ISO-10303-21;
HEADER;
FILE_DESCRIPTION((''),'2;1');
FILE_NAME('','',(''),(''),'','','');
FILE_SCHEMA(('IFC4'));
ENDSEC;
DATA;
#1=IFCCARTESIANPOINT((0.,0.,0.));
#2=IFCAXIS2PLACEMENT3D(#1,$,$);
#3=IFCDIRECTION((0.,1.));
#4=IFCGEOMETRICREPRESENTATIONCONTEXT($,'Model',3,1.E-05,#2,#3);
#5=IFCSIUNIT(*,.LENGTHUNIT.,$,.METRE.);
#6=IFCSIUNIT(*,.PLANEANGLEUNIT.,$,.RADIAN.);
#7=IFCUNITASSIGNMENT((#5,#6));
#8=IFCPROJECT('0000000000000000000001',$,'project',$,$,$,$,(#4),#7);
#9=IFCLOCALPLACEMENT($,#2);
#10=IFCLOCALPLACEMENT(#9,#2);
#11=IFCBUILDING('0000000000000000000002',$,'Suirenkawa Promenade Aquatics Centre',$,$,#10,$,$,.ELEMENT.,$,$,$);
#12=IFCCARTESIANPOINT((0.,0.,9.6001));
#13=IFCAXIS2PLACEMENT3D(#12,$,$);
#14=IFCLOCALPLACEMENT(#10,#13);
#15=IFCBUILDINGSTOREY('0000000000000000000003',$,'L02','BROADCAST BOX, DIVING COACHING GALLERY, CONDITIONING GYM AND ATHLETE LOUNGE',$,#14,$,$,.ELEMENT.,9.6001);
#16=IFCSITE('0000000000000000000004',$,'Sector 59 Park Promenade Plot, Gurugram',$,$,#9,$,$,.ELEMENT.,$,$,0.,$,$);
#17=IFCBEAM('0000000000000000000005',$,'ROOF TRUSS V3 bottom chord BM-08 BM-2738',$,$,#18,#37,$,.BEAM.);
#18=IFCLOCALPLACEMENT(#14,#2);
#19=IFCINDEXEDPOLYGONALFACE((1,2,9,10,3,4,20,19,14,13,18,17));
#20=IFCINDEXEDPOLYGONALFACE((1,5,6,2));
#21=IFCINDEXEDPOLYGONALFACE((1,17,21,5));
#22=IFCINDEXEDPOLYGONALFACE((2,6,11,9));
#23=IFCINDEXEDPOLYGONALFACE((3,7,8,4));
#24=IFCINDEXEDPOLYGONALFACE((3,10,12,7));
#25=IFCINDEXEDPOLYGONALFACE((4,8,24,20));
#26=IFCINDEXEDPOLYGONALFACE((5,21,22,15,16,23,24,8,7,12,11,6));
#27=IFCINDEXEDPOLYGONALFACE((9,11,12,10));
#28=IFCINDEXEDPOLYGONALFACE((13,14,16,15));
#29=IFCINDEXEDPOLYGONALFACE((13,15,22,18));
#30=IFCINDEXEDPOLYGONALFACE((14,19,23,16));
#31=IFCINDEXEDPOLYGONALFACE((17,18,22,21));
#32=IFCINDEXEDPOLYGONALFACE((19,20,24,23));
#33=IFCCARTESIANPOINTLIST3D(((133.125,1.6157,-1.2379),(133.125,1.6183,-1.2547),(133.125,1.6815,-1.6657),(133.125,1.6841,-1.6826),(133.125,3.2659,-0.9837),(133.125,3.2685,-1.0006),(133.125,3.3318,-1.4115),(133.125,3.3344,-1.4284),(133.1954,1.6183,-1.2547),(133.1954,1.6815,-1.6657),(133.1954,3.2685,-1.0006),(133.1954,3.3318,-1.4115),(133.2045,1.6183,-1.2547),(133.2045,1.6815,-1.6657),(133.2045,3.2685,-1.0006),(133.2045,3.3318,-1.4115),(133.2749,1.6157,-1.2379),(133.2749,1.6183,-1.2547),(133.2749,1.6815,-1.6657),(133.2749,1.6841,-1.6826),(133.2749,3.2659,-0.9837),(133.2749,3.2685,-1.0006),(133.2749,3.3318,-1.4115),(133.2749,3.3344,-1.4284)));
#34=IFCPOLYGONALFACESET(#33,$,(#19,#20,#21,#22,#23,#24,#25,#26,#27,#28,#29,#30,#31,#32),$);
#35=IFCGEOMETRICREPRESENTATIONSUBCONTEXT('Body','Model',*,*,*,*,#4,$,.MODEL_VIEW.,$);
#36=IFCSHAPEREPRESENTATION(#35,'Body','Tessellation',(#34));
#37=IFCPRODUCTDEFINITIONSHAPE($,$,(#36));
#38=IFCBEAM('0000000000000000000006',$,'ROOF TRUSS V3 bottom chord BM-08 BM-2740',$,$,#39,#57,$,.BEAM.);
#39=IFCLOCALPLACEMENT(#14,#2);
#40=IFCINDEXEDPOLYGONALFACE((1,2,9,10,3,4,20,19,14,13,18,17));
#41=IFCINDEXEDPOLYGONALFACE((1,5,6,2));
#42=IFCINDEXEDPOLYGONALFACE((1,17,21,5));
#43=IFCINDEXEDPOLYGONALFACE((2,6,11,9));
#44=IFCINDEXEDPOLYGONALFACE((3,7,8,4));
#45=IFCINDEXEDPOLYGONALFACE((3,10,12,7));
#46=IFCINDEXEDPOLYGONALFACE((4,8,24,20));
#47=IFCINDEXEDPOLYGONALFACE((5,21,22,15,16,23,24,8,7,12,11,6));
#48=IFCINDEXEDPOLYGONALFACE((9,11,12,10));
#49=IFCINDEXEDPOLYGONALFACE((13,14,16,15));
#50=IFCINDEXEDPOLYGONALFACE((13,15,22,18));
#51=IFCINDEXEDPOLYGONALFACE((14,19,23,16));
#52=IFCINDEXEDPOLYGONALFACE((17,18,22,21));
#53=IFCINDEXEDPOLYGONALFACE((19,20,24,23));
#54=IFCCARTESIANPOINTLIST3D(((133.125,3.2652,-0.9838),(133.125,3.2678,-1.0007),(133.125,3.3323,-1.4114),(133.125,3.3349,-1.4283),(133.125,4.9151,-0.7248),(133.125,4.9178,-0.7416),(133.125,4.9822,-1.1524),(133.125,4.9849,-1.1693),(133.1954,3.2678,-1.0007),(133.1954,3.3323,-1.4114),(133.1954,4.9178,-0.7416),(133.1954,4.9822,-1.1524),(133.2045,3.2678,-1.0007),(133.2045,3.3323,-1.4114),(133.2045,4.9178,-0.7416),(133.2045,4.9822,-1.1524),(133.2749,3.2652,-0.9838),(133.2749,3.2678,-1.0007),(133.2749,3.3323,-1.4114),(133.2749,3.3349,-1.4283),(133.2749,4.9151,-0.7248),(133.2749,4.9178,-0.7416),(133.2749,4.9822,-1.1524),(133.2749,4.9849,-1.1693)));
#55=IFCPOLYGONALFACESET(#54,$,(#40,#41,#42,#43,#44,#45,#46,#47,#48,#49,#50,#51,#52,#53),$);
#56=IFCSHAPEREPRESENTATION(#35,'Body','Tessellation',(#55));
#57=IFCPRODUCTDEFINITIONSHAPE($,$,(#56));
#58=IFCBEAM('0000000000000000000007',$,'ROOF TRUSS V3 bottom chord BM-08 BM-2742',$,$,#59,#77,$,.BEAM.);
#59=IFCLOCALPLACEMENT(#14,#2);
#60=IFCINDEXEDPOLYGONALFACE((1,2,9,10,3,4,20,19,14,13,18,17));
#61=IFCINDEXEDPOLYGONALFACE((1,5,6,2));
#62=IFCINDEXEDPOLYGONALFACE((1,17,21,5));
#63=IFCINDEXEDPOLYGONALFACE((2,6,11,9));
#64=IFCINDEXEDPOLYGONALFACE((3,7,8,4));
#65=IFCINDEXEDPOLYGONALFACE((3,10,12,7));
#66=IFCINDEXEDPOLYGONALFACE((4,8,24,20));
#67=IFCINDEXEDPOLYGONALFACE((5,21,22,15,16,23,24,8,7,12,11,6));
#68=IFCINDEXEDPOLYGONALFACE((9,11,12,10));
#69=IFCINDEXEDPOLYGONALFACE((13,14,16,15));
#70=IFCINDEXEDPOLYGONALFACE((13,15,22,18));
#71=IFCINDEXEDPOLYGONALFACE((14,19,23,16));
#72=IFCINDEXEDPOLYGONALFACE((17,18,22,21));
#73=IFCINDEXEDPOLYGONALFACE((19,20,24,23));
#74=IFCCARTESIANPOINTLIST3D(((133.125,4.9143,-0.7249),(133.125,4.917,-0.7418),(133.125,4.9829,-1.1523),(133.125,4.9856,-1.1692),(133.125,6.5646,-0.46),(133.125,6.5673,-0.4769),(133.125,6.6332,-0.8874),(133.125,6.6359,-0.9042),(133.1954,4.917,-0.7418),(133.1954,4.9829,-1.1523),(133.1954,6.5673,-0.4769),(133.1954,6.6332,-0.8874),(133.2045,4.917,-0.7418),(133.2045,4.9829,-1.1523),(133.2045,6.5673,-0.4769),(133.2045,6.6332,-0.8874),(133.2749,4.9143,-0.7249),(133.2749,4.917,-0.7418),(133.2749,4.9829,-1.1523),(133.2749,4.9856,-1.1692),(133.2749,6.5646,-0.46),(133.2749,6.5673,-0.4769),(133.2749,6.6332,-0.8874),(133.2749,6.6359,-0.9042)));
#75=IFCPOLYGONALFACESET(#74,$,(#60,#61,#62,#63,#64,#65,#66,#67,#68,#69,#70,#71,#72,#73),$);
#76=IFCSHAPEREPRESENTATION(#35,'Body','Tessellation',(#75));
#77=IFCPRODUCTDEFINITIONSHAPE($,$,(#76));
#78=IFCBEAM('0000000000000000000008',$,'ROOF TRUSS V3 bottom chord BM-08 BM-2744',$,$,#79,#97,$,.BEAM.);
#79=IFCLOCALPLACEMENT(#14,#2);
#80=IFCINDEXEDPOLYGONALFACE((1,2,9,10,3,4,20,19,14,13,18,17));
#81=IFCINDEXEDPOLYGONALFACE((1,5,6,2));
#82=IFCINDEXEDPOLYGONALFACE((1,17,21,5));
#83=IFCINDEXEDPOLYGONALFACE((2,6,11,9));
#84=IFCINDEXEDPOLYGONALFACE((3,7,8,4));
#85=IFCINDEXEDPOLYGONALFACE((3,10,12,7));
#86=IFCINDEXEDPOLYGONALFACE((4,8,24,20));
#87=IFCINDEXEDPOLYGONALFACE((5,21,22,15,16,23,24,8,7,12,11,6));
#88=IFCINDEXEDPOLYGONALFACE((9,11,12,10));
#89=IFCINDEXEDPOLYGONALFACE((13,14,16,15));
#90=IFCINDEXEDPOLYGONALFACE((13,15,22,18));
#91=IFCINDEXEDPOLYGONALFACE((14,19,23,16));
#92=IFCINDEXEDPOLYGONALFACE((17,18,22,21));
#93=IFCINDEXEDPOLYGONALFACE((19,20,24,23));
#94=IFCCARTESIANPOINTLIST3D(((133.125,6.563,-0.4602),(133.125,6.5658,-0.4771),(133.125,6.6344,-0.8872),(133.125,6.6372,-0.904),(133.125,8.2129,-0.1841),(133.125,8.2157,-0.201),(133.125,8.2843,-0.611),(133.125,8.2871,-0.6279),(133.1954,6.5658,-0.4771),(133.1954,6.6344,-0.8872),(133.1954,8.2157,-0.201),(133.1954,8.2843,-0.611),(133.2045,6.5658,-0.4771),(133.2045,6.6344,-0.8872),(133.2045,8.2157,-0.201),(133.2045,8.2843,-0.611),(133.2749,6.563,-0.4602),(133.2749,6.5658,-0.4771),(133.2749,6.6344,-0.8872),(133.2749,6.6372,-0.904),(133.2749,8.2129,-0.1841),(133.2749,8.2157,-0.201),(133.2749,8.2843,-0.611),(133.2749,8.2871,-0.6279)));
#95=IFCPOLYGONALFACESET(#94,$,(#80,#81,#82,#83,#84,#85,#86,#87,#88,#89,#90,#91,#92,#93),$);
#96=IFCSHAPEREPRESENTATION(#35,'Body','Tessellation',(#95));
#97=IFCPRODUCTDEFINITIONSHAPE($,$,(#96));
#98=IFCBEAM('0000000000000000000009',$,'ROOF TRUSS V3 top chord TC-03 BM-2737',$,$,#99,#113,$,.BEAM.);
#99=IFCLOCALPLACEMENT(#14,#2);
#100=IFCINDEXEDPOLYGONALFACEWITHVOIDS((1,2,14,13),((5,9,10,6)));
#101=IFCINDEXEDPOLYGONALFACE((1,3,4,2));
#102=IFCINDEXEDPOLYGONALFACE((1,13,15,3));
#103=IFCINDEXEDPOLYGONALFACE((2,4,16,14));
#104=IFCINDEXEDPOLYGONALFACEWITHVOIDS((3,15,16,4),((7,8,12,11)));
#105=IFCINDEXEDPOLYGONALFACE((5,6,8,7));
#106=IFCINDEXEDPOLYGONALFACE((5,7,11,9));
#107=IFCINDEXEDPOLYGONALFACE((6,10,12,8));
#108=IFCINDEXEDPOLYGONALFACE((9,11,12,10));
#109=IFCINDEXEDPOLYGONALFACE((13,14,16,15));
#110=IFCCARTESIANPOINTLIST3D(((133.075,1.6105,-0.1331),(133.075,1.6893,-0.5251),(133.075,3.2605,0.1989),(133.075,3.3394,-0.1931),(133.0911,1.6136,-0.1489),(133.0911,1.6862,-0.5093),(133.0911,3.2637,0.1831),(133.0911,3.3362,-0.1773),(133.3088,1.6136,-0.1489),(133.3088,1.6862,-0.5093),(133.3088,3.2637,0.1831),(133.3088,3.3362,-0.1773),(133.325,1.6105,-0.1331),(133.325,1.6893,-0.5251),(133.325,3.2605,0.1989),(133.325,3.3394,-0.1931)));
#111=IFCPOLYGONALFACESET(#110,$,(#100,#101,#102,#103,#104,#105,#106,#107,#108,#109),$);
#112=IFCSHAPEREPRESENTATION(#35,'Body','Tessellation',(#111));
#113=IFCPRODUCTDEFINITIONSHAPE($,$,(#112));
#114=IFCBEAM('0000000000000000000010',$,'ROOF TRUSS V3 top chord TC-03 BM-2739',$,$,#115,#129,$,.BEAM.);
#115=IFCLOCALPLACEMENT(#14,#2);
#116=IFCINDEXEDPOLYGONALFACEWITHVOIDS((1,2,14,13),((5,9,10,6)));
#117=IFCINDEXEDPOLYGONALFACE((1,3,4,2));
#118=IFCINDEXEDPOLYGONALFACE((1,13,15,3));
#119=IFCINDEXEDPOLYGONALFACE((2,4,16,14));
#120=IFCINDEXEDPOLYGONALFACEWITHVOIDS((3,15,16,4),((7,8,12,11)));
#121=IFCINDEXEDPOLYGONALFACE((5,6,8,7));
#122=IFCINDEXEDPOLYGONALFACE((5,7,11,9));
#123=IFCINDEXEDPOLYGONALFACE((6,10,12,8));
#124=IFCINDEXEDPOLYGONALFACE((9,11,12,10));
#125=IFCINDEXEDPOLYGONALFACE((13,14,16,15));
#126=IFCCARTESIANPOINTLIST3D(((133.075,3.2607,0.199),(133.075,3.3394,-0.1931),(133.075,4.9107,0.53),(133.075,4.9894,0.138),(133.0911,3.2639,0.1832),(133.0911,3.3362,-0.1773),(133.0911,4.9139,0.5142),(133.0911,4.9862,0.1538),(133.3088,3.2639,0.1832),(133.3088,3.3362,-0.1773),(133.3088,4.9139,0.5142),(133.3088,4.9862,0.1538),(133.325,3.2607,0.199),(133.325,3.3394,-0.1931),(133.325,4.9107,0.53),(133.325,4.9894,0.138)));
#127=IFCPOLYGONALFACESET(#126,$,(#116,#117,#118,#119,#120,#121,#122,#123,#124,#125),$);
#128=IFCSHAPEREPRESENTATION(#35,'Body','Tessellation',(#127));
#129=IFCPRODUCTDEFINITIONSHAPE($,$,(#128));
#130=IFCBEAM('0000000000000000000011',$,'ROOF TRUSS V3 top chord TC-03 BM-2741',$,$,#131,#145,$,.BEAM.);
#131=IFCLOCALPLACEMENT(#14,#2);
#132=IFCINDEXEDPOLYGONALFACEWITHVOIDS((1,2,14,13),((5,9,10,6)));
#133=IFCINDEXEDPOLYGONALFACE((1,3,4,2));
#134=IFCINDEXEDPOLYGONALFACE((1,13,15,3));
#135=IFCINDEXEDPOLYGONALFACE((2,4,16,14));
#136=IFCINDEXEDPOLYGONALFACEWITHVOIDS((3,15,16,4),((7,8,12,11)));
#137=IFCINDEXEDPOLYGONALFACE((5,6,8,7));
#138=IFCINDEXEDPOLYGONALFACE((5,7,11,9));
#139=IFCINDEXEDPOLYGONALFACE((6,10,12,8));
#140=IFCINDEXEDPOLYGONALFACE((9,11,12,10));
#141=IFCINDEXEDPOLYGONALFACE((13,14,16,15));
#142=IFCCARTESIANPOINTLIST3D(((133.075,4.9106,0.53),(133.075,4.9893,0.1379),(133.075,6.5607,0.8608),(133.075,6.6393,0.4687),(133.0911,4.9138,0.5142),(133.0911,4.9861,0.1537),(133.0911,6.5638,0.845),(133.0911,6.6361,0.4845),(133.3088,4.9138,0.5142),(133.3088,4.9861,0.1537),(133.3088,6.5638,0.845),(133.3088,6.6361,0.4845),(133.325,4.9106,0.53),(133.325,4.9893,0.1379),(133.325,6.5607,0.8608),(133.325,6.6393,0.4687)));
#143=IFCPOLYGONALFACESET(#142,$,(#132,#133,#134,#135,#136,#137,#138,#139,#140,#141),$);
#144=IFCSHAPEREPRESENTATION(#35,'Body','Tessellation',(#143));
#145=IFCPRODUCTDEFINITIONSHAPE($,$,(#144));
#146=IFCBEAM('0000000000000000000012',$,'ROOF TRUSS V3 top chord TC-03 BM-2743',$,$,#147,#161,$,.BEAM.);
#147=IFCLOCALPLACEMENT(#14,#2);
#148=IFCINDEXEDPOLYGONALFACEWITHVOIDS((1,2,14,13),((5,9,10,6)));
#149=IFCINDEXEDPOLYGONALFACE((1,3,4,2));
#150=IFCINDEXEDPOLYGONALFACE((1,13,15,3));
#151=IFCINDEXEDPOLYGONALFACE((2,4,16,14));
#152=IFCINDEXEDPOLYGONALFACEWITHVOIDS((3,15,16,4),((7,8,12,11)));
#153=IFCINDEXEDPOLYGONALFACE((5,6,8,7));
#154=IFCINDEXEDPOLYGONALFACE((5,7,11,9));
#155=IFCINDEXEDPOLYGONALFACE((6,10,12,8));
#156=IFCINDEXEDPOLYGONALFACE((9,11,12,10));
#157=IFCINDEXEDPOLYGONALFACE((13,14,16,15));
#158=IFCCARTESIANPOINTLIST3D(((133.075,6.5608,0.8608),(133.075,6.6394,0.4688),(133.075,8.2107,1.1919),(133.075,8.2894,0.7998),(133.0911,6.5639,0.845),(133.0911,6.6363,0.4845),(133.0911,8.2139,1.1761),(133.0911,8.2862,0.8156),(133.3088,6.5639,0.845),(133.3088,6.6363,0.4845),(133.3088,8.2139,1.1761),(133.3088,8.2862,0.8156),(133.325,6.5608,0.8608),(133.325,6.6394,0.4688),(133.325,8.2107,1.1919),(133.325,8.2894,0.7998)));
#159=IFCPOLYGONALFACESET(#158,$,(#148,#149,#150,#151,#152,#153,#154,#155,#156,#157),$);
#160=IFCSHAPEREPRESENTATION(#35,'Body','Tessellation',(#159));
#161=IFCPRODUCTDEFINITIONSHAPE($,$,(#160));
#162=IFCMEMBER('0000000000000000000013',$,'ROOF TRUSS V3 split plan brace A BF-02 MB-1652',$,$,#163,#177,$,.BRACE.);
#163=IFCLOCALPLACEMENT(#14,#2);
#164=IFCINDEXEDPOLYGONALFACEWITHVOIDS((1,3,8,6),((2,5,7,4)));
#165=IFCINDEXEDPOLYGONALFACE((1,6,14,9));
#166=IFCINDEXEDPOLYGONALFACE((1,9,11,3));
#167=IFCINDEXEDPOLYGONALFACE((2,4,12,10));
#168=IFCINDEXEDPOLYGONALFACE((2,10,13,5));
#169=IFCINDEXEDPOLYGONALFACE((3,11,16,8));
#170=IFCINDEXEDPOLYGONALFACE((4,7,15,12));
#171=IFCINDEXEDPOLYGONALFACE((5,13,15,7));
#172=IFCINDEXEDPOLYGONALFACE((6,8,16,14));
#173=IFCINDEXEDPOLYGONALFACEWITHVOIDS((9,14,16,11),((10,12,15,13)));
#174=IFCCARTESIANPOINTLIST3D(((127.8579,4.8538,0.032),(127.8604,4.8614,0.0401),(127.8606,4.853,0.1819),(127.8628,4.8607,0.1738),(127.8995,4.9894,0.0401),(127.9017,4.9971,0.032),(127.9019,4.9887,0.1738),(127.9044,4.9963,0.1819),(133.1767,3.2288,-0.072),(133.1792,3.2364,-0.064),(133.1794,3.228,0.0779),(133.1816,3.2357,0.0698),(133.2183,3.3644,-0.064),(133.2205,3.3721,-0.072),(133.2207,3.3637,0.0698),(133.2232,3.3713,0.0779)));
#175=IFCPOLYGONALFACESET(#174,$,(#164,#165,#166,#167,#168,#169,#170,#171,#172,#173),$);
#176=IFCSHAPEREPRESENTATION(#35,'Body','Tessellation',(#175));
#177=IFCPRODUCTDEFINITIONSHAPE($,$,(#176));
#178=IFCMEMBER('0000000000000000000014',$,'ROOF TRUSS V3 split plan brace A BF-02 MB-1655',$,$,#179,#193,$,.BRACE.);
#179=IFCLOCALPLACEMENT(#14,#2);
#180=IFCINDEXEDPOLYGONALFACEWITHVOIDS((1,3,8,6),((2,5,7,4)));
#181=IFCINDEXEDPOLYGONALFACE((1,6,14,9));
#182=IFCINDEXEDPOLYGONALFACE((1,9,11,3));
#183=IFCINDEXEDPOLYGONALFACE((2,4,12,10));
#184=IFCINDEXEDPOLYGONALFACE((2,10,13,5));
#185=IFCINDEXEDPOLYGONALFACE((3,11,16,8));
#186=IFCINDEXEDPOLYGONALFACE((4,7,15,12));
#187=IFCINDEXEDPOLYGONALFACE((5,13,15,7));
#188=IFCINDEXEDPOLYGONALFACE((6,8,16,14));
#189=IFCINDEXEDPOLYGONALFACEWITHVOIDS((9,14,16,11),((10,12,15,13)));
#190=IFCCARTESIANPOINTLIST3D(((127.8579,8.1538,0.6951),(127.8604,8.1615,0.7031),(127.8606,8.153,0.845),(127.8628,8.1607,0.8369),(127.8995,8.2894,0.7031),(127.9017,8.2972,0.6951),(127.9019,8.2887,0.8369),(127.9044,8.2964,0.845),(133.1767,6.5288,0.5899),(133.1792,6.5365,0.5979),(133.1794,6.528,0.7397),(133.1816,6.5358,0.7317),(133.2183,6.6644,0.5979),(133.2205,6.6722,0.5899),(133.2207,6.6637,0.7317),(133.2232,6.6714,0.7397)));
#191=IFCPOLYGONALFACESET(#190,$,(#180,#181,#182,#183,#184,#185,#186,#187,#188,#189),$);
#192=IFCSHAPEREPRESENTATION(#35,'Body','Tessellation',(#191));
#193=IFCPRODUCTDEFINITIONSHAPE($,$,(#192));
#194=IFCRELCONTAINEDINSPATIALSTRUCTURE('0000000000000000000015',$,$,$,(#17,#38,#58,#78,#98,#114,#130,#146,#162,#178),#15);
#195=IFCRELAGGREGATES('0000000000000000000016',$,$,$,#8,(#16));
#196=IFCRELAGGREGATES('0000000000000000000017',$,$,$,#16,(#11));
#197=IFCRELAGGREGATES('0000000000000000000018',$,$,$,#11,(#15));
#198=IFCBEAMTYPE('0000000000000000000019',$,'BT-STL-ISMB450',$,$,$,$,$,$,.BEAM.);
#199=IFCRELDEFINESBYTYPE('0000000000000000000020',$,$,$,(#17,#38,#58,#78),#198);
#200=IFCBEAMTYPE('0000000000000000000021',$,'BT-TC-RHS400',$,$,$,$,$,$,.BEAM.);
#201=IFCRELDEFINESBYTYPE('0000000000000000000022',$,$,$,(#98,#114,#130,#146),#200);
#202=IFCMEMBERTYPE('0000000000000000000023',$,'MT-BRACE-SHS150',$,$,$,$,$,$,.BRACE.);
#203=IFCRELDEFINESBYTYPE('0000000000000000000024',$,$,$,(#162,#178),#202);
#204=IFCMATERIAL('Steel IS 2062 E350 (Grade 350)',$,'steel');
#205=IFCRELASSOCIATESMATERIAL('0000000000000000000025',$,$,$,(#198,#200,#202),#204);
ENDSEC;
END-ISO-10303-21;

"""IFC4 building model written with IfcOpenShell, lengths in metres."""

from ifc_helpers import new_model, si_unit, direction, frame, origin, origin_2d, place, context, subcontext, project, spatial, hollow_rectangle, i_section, extrude, material, material_profile, profile_set, type_object, element, save


model = new_model("IFC4")

# Units and contexts
model_context = context("Model", 3, precision=1e-05, world=origin(), true_north=direction((0.0, 1.0)))
body_context = subcontext(model_context, "Body", "Model", "MODEL_VIEW")
ifc_project = project(units=[si_unit("LENGTHUNIT", "METRE"), si_unit("PLANEANGLEUNIT", "RADIAN")], contexts=[model_context])

# Site, building, storey
site_placement = place(None, origin())
site = spatial("IfcSite", under=ifc_project, at=site_placement, Name="Sector 59 Park Promenade Plot, Gurugram", CompositionType="ELEMENT", RefElevation=0.0)
building_placement = place(site_placement, origin())
building = spatial("IfcBuilding", under=site, at=building_placement, Name="Suirenkawa Promenade Aquatics Centre", CompositionType="ELEMENT")
storey_placement = place(building_placement, frame((0.0, 0.0, 9.6001)))
storey = spatial("IfcBuildingStorey", under=building, at=storey_placement, Name="L02", Description="BROADCAST BOX, DIVING COACHING GALLERY, CONDITIONING GYM AND ATHLETE LOUNGE", CompositionType="ELEMENT", Elevation=9.6001)

# Beams
ifc_material_1 = material(Name="Steel IS 2062 E350 (Grade 350)", Category="steel")
ifc_material_profile_1 = material_profile(ifc_material_1, i_section(OverallWidth=0.1499, OverallDepth=0.45, WebThickness=0.009, FlangeThickness=0.0171, at=origin_2d()), Name="ISMB 450", Category="steel")
ifc_profile_set_1 = profile_set([ifc_material_profile_1], Name="Steel IS 2062 E350 (Grade 350)")
beam_type_1 = type_object("IfcBeamType", Name="BT-STL-ISMB450", PredefinedType="BEAM", material=ifc_profile_set_1)
beam_1_placement = place(storey_placement, frame((133.2, 1.6499, -1.4602), z_axis=(0.0, 0.988346, 0.152222), x_axis=(-1.0, 0.0, 0.0)))
element("IfcBeam", 1, at=beam_1_placement, inside=storey, type_object=beam_type_1, Name="ROOF TRUSS V3 bottom chord BM-08 BM-2738", PredefinedType="BEAM", context=body_context, shape_type="SweptSolid", body=[
    extrude(i_section(OverallWidth=0.1499, OverallDepth=0.45, WebThickness=0.009, FlangeThickness=0.0171, at=origin_2d()), origin(), (0.0, 0.0, 1.0), 1.6697),
])
beam_2_placement = place(storey_placement, frame((133.2, 3.3, -1.2061), z_axis=(0.0, 0.987899, 0.155099), x_axis=(-1.0, 0.0, 0.0)))
element("IfcBeam", 2, at=beam_2_placement, inside=storey, type_object=beam_type_1, Name="ROOF TRUSS V3 bottom chord BM-08 BM-2740", PredefinedType="BEAM", context=body_context, shape_type="SweptSolid", body=[
    extrude(i_section(OverallWidth=0.1499, OverallDepth=0.45, WebThickness=0.009, FlangeThickness=0.0171, at=origin_2d()), origin(), (0.0, 0.0, 1.0), 1.6702),
])
beam_3_placement = place(storey_placement, frame((133.2, 4.95, -0.947), z_axis=(0.0, 0.987359, 0.158498), x_axis=(-1.0, 0.0, 0.0)))
element("IfcBeam", 3, at=beam_3_placement, inside=storey, type_object=beam_type_1, Name="ROOF TRUSS V3 bottom chord BM-08 BM-2742", PredefinedType="BEAM", context=body_context, shape_type="SweptSolid", body=[
    extrude(i_section(OverallWidth=0.1499, OverallDepth=0.45, WebThickness=0.009, FlangeThickness=0.0171, at=origin_2d()), origin(), (0.0, 0.0, 1.0), 1.6714),
])
beam_4_placement = place(storey_placement, frame((133.2, 6.6001, -0.6821), z_axis=(0.0, 0.986283, 0.165062), x_axis=(-1.0, 0.0, 0.0)))
element("IfcBeam", 4, at=beam_4_placement, inside=storey, type_object=beam_type_1, Name="ROOF TRUSS V3 bottom chord BM-08 BM-2744", PredefinedType="BEAM", context=body_context, shape_type="SweptSolid", body=[
    extrude(i_section(OverallWidth=0.1499, OverallDepth=0.45, WebThickness=0.009, FlangeThickness=0.0171, at=origin_2d()), origin(), (0.0, 0.0, 1.0), 1.6729),
])
ifc_material_profile_2 = material_profile(ifc_material_1, hollow_rectangle(XDim=0.25, YDim=0.3999, WallThickness=0.0161, at=origin_2d()), Name="RHS 400x250x16", Category="steel")
ifc_profile_set_2 = profile_set([ifc_material_profile_2], Name="Steel IS 2062 E350 (Grade 350)")
beam_type_2 = type_object("IfcBeamType", Name="BT-TC-RHS400", PredefinedType="BEAM", material=ifc_profile_set_2)
beam_5_placement = place(storey_placement, frame((133.2, 1.6499, -0.3291), z_axis=(0.0, 0.980351, 0.19726), x_axis=(-1.0, 0.0, 0.0)))
element("IfcBeam", 5, at=beam_5_placement, inside=storey, type_object=beam_type_2, Name="ROOF TRUSS V3 top chord TC-03 BM-2737", PredefinedType="BEAM", context=body_context, shape_type="SweptSolid", body=[
    extrude(hollow_rectangle(XDim=0.25, YDim=0.3999, WallThickness=0.0161, at=origin_2d()), origin(), (0.0, 0.0, 1.0), 1.6831),
])
for number, where, z_axis, x_axis, name in (
    (6, (133.2, 3.3, 0.0029), (0.0, 0.980458, 0.19673), (-1.0, 0.0, 0.0), "ROOF TRUSS V3 top chord TC-03 BM-2739"),
    (7, (133.2, 4.95, 0.334), (0.0, 0.980491, 0.196562), (-1.0, 0.0, 0.0), "ROOF TRUSS V3 top chord TC-03 BM-2741"),
    (8, (133.2, 6.6001, 0.6648), (0.0, 0.980458, 0.19673), (-1.0, 0.0, 0.0), "ROOF TRUSS V3 top chord TC-03 BM-2743"),
):
    element("IfcBeam", number, at=place(storey_placement, frame(where, z_axis=z_axis, x_axis=x_axis)), inside=storey, type_object=beam_type_2, Name=name, PredefinedType="BEAM", context=body_context, shape_type="SweptSolid", body=[
        extrude(hollow_rectangle(XDim=0.25, YDim=0.3999, WallThickness=0.0161, at=origin_2d()), origin(), (0.0, 0.0, 1.0), 1.6829),
    ])

# Members
ifc_material_profile_3 = material_profile(ifc_material_1, hollow_rectangle(XDim=0.1499, YDim=0.1499, WallThickness=0.0081, at=origin_2d()), Name="SHS 150x150x8", Category="steel")
ifc_profile_set_3 = profile_set([ifc_material_profile_3], Name="Steel IS 2062 E350 (Grade 350)")
member_type_1 = type_object("IfcMemberType", Name="MT-BRACE-SHS150", PredefinedType="BRACE", material=ifc_profile_set_3)
for number, where, z_axis, x_axis, name in (
    (9, (133.2, 3.3, 0.0029), (-0.956195, 0.292134, 0.018697), (-0.292185, -0.956362, 0.0), "ROOF TRUSS V3 split plan brace A BF-02 MB-1652"),
    (10, (133.2, 6.6001, 0.6648), (-0.956191, 0.292133, 0.018917), (-0.292185, -0.956362, 0.0), "ROOF TRUSS V3 split plan brace A BF-02 MB-1655"),
):
    element("IfcMember", number, at=place(storey_placement, frame(where, z_axis=z_axis, x_axis=x_axis)), inside=storey, type_object=member_type_1, Name=name, PredefinedType="BRACE", context=body_context, shape_type="SweptSolid", body=[
        extrude(hollow_rectangle(XDim=0.1499, YDim=0.1499, WallThickness=0.0081, at=origin_2d()), origin(), (0.0, 0.0, 1.0), 5.5625),
    ])

save(model, "model.ifc")
